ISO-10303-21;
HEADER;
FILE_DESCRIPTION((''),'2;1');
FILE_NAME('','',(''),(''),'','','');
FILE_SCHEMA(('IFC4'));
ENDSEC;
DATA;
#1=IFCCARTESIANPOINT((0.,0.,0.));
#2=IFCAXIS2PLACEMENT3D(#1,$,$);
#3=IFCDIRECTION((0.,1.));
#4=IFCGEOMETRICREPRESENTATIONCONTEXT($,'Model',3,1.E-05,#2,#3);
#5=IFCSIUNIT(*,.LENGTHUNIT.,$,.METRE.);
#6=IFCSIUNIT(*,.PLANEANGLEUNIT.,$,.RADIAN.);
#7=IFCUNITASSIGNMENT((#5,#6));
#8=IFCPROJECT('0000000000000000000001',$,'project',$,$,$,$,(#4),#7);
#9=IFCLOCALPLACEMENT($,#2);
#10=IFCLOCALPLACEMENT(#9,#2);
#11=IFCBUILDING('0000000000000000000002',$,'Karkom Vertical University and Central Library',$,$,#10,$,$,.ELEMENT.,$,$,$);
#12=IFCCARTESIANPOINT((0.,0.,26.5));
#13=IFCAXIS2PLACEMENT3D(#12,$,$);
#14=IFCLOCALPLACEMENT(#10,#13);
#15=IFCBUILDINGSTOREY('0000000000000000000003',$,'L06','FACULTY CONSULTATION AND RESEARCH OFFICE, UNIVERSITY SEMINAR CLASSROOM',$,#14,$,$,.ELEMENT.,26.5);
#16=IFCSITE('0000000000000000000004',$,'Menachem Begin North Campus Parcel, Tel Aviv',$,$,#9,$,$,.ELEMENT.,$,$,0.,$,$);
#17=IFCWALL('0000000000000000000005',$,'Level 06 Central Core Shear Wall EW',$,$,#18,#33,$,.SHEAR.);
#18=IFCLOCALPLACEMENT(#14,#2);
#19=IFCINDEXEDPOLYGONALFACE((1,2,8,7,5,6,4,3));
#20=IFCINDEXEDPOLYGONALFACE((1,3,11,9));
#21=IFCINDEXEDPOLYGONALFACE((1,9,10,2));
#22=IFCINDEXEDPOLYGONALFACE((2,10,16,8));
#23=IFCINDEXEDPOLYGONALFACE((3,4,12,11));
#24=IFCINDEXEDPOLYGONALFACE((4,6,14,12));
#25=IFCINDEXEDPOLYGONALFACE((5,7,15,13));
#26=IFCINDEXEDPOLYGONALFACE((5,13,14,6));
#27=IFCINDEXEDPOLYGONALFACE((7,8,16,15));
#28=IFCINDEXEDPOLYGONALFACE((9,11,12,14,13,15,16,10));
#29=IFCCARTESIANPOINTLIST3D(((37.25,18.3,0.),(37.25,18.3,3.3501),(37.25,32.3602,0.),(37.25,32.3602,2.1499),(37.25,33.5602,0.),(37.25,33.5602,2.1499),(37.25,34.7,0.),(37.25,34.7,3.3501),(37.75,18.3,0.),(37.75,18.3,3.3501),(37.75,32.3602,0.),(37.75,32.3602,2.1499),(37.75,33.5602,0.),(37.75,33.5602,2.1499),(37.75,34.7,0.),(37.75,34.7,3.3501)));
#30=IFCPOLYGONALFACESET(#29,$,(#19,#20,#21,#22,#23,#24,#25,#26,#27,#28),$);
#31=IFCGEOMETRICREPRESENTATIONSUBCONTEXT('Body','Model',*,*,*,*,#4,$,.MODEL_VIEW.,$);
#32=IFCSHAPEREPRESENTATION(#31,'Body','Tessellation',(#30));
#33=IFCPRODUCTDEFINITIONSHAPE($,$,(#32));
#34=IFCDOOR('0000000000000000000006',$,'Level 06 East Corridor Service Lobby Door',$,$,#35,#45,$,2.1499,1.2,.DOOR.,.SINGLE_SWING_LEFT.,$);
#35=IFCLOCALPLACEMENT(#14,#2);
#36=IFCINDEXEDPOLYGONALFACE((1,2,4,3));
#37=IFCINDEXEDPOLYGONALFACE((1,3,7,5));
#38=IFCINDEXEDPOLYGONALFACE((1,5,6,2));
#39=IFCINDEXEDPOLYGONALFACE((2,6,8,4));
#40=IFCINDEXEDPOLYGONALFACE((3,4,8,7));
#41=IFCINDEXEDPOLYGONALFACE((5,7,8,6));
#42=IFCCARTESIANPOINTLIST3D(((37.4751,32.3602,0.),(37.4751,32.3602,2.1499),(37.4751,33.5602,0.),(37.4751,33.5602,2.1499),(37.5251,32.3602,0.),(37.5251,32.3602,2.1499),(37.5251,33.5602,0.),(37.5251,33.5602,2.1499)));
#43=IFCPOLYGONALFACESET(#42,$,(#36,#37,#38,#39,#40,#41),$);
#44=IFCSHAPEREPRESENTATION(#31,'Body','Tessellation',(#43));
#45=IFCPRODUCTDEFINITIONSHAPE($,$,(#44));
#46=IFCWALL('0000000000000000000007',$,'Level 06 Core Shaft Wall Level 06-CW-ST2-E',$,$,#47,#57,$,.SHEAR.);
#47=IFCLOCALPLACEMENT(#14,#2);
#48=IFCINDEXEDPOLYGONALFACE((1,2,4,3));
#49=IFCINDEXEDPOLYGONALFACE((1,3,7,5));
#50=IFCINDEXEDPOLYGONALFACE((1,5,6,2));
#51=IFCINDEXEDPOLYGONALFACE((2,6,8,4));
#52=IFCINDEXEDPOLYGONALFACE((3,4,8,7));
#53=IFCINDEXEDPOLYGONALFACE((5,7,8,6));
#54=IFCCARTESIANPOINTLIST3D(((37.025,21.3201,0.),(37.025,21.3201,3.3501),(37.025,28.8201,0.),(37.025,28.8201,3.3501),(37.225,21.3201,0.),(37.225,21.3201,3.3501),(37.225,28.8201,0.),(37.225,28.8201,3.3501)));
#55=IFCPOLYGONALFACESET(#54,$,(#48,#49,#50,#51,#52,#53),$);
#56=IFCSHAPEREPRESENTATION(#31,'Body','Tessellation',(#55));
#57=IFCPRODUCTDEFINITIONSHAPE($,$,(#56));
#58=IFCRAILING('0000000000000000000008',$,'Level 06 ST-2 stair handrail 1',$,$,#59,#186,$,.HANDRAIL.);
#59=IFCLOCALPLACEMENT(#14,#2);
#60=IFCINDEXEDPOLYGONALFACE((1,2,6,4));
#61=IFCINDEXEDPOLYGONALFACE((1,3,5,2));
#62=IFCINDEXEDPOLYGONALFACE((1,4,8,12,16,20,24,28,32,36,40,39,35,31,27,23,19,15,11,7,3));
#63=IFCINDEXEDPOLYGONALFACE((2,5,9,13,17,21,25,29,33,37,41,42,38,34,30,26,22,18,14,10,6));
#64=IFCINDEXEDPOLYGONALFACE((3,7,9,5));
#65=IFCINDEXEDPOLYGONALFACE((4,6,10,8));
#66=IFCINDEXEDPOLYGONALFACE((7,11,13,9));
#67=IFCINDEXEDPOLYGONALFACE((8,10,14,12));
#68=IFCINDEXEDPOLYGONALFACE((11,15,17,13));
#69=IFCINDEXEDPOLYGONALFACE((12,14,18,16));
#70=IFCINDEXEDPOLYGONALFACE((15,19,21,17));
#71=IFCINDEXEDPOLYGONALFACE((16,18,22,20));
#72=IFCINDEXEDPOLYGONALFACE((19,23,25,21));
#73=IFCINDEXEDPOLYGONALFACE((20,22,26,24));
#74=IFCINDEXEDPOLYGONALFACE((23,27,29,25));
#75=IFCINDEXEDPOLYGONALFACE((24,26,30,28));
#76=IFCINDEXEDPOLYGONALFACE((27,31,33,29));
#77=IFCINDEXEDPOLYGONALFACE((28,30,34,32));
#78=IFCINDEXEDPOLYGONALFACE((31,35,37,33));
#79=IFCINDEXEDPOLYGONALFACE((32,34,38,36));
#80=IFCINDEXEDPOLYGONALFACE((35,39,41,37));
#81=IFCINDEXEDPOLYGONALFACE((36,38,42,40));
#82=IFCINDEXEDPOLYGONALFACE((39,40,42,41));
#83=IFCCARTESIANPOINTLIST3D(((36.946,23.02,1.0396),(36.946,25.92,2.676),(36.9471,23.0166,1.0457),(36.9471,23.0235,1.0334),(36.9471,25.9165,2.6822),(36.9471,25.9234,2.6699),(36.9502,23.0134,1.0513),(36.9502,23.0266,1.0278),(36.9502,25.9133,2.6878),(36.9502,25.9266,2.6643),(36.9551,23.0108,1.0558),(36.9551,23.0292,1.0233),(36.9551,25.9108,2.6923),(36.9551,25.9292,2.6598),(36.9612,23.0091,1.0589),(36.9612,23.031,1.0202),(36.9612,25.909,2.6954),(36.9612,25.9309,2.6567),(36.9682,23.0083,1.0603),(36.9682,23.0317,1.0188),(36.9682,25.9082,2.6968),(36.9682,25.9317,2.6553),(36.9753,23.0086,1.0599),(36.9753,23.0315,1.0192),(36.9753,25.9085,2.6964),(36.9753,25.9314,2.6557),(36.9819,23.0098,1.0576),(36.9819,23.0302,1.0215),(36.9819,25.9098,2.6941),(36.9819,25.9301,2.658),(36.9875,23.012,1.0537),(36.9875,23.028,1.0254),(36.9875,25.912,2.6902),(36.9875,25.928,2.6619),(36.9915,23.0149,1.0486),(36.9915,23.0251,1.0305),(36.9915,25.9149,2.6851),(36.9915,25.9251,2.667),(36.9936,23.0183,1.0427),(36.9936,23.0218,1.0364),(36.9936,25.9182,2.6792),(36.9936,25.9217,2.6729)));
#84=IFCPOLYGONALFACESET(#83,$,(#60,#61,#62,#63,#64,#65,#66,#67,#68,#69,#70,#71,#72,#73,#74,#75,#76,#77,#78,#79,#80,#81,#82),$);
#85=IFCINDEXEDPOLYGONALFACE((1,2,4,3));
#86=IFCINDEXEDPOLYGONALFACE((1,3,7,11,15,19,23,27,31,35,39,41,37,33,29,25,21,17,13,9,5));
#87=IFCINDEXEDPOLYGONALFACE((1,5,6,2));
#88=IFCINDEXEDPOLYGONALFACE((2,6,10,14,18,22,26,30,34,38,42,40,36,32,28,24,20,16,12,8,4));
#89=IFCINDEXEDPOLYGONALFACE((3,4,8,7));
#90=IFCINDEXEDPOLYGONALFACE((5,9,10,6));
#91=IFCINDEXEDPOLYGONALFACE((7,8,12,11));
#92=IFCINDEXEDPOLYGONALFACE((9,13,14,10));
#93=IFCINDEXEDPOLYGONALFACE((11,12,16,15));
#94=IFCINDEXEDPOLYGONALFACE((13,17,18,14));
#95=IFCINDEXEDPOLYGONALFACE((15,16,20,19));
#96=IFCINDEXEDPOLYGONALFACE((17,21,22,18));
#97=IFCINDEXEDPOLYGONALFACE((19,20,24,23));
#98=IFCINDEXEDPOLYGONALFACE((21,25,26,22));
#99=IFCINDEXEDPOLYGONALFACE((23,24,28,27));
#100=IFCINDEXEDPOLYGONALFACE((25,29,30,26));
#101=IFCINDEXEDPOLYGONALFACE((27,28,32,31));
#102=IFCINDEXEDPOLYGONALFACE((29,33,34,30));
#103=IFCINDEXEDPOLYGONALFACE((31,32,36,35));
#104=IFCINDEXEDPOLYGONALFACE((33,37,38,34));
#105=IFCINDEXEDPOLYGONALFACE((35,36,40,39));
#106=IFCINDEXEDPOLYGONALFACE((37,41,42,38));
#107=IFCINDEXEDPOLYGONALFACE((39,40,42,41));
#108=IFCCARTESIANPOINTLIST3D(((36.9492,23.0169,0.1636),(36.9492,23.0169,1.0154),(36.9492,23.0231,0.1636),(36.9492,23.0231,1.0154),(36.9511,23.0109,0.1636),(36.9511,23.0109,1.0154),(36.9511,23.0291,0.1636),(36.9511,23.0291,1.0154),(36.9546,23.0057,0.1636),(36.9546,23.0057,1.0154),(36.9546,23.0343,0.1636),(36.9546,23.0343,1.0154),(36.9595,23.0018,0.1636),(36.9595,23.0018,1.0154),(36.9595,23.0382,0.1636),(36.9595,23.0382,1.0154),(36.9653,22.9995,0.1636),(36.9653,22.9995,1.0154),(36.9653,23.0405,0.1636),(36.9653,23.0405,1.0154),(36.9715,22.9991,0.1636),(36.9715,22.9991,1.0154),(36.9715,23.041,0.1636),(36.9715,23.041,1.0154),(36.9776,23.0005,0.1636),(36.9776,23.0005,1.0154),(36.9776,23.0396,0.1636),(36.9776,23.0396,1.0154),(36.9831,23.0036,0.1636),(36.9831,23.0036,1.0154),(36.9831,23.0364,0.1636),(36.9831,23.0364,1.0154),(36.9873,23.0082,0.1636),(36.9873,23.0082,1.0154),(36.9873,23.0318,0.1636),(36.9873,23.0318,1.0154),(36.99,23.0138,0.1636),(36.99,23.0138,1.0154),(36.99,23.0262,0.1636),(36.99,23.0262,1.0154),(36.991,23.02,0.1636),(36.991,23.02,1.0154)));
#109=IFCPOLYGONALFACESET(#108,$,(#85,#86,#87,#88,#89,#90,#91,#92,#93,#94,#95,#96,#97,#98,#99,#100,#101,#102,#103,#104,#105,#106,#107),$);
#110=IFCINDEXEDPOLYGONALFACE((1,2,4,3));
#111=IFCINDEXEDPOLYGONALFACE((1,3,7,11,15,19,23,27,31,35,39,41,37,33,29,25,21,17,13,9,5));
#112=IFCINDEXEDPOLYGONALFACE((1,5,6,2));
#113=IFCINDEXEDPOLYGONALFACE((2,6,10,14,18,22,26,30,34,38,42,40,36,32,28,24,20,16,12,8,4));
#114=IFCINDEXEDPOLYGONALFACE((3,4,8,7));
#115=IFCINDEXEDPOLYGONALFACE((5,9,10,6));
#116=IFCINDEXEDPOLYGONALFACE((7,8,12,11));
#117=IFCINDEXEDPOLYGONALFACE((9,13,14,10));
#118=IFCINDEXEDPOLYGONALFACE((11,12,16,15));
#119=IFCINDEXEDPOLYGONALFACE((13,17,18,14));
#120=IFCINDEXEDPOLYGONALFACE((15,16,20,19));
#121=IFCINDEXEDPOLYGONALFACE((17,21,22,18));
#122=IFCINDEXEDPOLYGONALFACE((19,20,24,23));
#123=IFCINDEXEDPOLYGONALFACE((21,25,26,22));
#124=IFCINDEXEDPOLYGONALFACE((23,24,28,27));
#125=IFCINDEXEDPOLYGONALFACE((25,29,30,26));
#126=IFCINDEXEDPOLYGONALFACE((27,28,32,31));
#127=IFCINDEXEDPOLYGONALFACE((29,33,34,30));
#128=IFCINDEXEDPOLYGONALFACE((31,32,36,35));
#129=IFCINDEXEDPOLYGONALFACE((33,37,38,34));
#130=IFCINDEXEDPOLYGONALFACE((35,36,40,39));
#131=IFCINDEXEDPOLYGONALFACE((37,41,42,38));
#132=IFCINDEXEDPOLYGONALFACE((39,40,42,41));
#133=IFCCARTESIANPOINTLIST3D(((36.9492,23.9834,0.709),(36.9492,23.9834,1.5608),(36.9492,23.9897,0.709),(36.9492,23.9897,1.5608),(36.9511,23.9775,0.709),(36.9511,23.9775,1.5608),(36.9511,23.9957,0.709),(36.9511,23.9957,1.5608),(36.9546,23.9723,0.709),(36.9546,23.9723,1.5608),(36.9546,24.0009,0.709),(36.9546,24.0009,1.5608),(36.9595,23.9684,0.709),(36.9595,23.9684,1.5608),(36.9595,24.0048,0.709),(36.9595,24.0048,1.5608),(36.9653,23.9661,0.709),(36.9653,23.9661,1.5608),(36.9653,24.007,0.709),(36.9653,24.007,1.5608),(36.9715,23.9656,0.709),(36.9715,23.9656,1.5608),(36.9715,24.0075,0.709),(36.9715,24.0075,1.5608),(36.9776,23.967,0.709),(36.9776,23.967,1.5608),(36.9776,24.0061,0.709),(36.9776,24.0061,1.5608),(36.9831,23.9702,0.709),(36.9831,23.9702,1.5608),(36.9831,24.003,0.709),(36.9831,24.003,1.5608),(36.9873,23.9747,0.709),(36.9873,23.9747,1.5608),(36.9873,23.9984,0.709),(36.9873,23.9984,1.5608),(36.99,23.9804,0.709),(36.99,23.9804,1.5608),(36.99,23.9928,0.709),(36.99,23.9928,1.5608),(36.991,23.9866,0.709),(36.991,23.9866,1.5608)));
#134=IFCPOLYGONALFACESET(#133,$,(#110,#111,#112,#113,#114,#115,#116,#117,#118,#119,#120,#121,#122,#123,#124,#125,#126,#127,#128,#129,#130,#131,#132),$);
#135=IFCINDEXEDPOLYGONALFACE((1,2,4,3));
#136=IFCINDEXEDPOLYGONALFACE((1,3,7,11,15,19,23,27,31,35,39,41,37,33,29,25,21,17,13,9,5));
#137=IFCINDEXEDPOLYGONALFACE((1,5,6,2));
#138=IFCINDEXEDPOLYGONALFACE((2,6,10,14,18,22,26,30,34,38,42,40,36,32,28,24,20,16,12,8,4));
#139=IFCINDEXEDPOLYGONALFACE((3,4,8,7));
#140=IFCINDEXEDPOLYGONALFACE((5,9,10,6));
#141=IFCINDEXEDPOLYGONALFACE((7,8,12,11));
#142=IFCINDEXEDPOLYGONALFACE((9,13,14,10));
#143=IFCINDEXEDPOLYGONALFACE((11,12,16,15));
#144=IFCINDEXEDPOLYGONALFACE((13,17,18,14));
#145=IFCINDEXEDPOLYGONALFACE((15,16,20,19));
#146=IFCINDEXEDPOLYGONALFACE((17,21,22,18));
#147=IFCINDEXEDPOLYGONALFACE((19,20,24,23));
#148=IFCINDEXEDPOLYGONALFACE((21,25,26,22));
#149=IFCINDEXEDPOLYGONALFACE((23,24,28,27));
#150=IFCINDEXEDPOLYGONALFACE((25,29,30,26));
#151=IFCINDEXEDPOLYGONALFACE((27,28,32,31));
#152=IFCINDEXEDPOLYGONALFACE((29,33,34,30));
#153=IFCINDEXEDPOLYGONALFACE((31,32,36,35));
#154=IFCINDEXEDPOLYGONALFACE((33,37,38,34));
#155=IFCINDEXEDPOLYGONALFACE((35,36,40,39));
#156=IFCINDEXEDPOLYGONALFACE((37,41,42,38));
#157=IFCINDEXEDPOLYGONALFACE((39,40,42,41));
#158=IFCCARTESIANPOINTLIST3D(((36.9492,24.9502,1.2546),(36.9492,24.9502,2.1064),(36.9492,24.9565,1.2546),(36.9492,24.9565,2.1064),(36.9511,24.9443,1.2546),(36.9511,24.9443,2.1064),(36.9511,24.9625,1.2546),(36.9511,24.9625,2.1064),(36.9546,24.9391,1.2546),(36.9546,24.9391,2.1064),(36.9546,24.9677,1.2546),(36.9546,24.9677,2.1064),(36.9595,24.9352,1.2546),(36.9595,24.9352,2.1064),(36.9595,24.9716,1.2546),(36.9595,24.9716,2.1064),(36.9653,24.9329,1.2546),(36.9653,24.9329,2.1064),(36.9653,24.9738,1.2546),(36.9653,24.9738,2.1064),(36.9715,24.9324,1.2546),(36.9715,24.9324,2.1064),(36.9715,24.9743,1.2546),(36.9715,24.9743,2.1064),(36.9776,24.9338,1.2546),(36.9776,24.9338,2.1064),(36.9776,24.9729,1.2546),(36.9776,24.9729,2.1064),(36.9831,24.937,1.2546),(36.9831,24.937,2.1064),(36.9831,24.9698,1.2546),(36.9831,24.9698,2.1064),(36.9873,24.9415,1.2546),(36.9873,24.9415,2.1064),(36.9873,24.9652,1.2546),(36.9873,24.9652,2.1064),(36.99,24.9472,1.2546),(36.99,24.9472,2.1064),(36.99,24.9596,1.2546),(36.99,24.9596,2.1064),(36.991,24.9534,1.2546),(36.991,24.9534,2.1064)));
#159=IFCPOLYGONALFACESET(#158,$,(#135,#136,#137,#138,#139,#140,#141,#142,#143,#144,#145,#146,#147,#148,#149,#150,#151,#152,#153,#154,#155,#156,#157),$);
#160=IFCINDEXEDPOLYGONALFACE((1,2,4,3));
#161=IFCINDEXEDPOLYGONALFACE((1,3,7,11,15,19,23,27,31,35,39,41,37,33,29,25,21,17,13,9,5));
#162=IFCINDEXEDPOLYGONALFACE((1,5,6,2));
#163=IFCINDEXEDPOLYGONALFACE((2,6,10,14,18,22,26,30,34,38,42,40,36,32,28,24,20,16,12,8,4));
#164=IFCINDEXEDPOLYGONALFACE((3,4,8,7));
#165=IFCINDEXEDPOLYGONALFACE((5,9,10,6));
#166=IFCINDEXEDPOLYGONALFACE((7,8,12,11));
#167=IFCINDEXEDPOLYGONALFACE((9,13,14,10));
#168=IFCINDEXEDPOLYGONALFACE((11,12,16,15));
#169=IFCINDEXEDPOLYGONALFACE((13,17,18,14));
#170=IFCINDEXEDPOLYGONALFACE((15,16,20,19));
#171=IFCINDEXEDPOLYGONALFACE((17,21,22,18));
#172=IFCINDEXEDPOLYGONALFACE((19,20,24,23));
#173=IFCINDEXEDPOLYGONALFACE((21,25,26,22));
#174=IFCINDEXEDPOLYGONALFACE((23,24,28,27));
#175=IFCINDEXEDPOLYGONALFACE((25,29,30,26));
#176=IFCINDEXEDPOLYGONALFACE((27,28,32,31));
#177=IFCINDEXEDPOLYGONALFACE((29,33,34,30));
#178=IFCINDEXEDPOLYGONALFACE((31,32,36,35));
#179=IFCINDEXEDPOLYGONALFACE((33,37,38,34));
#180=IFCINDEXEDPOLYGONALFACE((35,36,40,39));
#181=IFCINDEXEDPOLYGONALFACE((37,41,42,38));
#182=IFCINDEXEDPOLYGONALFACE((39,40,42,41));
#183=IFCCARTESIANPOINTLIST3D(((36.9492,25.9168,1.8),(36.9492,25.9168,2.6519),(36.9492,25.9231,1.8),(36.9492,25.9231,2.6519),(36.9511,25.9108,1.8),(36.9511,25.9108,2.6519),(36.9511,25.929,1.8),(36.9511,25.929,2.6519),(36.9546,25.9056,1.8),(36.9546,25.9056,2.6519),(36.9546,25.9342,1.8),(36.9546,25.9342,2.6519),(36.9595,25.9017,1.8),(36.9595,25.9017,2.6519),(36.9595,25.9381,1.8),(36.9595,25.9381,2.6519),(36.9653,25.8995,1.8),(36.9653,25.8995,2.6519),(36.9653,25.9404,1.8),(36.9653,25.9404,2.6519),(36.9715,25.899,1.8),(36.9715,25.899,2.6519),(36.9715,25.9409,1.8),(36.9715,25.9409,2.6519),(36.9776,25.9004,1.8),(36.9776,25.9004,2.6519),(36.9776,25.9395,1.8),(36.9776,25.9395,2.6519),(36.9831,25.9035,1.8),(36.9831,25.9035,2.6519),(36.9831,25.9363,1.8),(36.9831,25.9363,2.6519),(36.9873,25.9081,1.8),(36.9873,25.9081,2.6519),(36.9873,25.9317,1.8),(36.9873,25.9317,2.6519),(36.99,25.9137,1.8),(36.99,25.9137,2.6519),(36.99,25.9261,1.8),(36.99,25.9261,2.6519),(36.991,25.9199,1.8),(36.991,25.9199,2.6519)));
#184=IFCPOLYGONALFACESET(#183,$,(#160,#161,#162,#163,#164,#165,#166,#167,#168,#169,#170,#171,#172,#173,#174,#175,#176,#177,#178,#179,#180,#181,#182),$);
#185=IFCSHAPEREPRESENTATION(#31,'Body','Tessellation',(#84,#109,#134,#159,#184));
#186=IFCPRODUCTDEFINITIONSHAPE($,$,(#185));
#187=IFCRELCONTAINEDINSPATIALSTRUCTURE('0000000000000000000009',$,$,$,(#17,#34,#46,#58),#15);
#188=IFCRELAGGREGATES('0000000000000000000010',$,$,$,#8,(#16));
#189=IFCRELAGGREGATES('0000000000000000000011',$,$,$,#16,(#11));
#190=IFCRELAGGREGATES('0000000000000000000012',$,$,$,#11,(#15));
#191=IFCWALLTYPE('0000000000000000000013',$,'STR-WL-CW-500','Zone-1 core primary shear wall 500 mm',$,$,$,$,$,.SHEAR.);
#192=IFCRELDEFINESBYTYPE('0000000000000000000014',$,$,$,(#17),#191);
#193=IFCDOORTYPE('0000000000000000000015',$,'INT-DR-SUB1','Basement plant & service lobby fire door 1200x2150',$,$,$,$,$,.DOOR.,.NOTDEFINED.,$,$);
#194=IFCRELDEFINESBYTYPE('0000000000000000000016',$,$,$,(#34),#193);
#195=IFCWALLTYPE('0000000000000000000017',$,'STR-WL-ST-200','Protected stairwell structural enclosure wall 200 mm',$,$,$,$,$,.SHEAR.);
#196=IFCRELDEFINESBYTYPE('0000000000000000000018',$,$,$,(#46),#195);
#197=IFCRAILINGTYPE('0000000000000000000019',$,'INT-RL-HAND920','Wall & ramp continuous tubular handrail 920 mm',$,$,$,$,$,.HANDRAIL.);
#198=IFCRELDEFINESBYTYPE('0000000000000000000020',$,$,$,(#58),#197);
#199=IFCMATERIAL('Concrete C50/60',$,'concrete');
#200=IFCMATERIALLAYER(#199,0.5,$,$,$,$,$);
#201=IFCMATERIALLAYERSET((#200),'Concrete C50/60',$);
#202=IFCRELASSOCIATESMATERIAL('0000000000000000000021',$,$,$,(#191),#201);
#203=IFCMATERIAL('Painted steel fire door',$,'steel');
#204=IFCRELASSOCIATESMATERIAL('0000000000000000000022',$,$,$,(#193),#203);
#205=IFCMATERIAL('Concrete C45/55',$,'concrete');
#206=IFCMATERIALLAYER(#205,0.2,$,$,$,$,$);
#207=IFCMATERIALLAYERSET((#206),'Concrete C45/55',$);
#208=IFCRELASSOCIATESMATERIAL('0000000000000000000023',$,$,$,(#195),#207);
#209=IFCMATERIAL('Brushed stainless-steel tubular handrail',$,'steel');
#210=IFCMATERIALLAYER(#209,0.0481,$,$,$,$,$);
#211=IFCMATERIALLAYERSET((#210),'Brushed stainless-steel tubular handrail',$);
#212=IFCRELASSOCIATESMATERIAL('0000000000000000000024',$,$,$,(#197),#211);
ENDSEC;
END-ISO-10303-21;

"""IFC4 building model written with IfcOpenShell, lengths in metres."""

from ifc_helpers import new_model, si_unit, direction, frame, frame_2d, origin, origin_with_axes, origin_2d, place, context, subcontext, project, spatial, rectangle, circle, extrude, source, transform, mapped, material, layer, layer_set, type_object, element, fill, save


model = new_model("IFC4")

# Units and contexts
model_context = context("Model", 3, precision=1e-05, world=origin(), true_north=direction((0.0, 1.0)))
body_context = subcontext(model_context, "Body", "Model", "MODEL_VIEW")
ifc_project = project(units=[si_unit("LENGTHUNIT", "METRE"), si_unit("PLANEANGLEUNIT", "RADIAN")], contexts=[model_context])

# Site, building, storey
site_placement = place(None, origin())
site = spatial("IfcSite", under=ifc_project, at=site_placement, Name="Menachem Begin North Campus Parcel, Tel Aviv", CompositionType="ELEMENT", RefElevation=0.0)
building_placement = place(site_placement, origin())
building = spatial("IfcBuilding", under=site, at=building_placement, Name="Karkom Vertical University and Central Library", CompositionType="ELEMENT")
storey_placement = place(building_placement, frame((0.0, 0.0, 26.5)))
storey = spatial("IfcBuildingStorey", under=building, at=storey_placement, Name="L06", Description="FACULTY CONSULTATION AND RESEARCH OFFICE, UNIVERSITY SEMINAR CLASSROOM", CompositionType="ELEMENT", Elevation=26.5)

# Shared definitions
ifc_material_1 = material(Name="Concrete C50/60", Category="concrete")

# Wall, opening, door
ifc_layer_1 = layer(ifc_material_1, 0.5)
ifc_layer_set_1 = layer_set([ifc_layer_1], Name="Concrete C50/60")
wall_type_1 = type_object("IfcWallType", Name="STR-WL-CW-500", Description="Zone-1 core primary shear wall 500 mm", PredefinedType="SHEAR", material=ifc_layer_set_1)
wall_1_placement = place(storey_placement, frame((37.5, 18.3, 0.0), z_axis=(0.0, 0.0, 1.0), x_axis=(0.0, 1.0, 0.0)))
wall_1 = element("IfcWall", 1, at=wall_1_placement, inside=storey, type_object=wall_type_1, Name="Level 06 Central Core Shear Wall EW", PredefinedType="SHEAR", context=body_context, shape_type="SweptSolid", body=[
    extrude(rectangle(XDim=16.3999, YDim=0.5, at=frame_2d((8.2, 0.0))), origin(), (0.0, 0.0, 1.0), 3.3501),
])
opening_placement = place(wall_1_placement, frame((14.0601, 0.0, 0.0)))
opening = element("IfcOpeningElement", 2, at=opening_placement, cuts=wall_1, PredefinedType="OPENING", context=body_context, shape_type="SweptSolid", body=[
    extrude(rectangle(XDim=1.2, YDim=2.1499, at=frame_2d((0.6001, 1.075))), frame((0.0, 0.26, 0.0), z_axis=(0.0, -1.0, 0.0), x_axis=(1.0, 0.0, 0.0)), (0.0, 0.0, 1.0), 0.52),
])
ifc_material_2 = material(Name="Painted steel fire door", Category="steel")
door_type = type_object("IfcDoorType", Name="INT-DR-SUB1", Description="Basement plant & service lobby fire door 1200x2150", OperationType="NOTDEFINED", PredefinedType="DOOR", material=ifc_material_2)
shared_shape_1 = source(origin_with_axes(), body_context, "Body", "SweptSolid", [
    extrude(rectangle(XDim=1.2, YDim=2.1499, at=frame_2d((0.6001, 1.075))), frame((0.0, 0.0249, 0.0), z_axis=(0.0, -1.0, 0.0), x_axis=(1.0, 0.0, 0.0)), (0.0, 0.0, 1.0), 0.05),
])
door_placement = place(opening_placement, origin())
door = element("IfcDoor", 3, at=door_placement, inside=storey, type_object=door_type, Name="Level 06 East Corridor Service Lobby Door", OperationType="SINGLE_SWING_LEFT", OverallHeight=2.1499, OverallWidth=1.2, PredefinedType="DOOR", context=body_context, shape_type="MappedRepresentation", body=[
    mapped(shared_shape_1, transform((0.0, 0.0, 0.0), scale=1.0)),
])
fill(opening, door)

# Wall
ifc_material_3 = material(Name="Concrete C45/55", Category="concrete")
ifc_layer_2 = layer(ifc_material_3, 0.2)
ifc_layer_set_2 = layer_set([ifc_layer_2], Name="Concrete C45/55")
wall_type_2 = type_object("IfcWallType", Name="STR-WL-ST-200", Description="Protected stairwell structural enclosure wall 200 mm", PredefinedType="SHEAR", material=ifc_layer_set_2)
wall_2_placement = place(storey_placement, frame((37.125, 21.3201, 0.0), z_axis=(0.0, 0.0, 1.0), x_axis=(0.0, 1.0, 0.0)))
element("IfcWall", 4, at=wall_2_placement, inside=storey, type_object=wall_type_2, Name="Level 06 Core Shaft Wall Level 06-CW-ST2-E", PredefinedType="SHEAR", context=body_context, shape_type="SweptSolid", body=[
    extrude(rectangle(XDim=7.5, YDim=0.2, at=frame_2d((3.75, 0.0))), origin(), (0.0, 0.0, 1.0), 3.3501),
])

# Railing
ifc_material_4 = material(Name="Brushed stainless-steel tubular handrail", Category="steel")
ifc_layer_3 = layer(ifc_material_4, 0.0481)
ifc_layer_set_3 = layer_set([ifc_layer_3], Name="Brushed stainless-steel tubular handrail")
railing_type = type_object("IfcRailingType", Name="INT-RL-HAND920", Description="Wall & ramp continuous tubular handrail 920 mm", PredefinedType="HANDRAIL", material=ifc_layer_set_3)
railing_placement = place(storey_placement, frame((36.97, 23.02, 0.1636)))
element("IfcRailing", 5, at=railing_placement, inside=storey, type_object=railing_type, Name="Level 06 ST-2 stair handrail 1", PredefinedType="HANDRAIL", context=body_context, shape_type="SweptSolid", body=[
    extrude(circle(Radius=0.0239, at=origin_2d()), frame((0.0, 0.0, 0.876), z_axis=(0.0, 0.870897, 0.491465), x_axis=(-1.0, 0.0, 0.0)), (0.0, 0.0, 1.0), 3.3298),
    extrude(circle(Radius=0.021, at=origin_2d()), origin(), (0.0, 0.0, 1.0), 0.8518),
    extrude(circle(Radius=0.021, at=origin_2d()), frame((0.0, 0.9666, 0.5454)), (0.0, 0.0, 1.0), 0.8518),
    extrude(circle(Radius=0.021, at=origin_2d()), frame((0.0, 1.9333, 1.0911)), (0.0, 0.0, 1.0), 0.8518),
    extrude(circle(Radius=0.021, at=origin_2d()), frame((0.0, 2.8999, 1.6365)), (0.0, 0.0, 1.0), 0.8518),
])

save(model, "model.ifc")
